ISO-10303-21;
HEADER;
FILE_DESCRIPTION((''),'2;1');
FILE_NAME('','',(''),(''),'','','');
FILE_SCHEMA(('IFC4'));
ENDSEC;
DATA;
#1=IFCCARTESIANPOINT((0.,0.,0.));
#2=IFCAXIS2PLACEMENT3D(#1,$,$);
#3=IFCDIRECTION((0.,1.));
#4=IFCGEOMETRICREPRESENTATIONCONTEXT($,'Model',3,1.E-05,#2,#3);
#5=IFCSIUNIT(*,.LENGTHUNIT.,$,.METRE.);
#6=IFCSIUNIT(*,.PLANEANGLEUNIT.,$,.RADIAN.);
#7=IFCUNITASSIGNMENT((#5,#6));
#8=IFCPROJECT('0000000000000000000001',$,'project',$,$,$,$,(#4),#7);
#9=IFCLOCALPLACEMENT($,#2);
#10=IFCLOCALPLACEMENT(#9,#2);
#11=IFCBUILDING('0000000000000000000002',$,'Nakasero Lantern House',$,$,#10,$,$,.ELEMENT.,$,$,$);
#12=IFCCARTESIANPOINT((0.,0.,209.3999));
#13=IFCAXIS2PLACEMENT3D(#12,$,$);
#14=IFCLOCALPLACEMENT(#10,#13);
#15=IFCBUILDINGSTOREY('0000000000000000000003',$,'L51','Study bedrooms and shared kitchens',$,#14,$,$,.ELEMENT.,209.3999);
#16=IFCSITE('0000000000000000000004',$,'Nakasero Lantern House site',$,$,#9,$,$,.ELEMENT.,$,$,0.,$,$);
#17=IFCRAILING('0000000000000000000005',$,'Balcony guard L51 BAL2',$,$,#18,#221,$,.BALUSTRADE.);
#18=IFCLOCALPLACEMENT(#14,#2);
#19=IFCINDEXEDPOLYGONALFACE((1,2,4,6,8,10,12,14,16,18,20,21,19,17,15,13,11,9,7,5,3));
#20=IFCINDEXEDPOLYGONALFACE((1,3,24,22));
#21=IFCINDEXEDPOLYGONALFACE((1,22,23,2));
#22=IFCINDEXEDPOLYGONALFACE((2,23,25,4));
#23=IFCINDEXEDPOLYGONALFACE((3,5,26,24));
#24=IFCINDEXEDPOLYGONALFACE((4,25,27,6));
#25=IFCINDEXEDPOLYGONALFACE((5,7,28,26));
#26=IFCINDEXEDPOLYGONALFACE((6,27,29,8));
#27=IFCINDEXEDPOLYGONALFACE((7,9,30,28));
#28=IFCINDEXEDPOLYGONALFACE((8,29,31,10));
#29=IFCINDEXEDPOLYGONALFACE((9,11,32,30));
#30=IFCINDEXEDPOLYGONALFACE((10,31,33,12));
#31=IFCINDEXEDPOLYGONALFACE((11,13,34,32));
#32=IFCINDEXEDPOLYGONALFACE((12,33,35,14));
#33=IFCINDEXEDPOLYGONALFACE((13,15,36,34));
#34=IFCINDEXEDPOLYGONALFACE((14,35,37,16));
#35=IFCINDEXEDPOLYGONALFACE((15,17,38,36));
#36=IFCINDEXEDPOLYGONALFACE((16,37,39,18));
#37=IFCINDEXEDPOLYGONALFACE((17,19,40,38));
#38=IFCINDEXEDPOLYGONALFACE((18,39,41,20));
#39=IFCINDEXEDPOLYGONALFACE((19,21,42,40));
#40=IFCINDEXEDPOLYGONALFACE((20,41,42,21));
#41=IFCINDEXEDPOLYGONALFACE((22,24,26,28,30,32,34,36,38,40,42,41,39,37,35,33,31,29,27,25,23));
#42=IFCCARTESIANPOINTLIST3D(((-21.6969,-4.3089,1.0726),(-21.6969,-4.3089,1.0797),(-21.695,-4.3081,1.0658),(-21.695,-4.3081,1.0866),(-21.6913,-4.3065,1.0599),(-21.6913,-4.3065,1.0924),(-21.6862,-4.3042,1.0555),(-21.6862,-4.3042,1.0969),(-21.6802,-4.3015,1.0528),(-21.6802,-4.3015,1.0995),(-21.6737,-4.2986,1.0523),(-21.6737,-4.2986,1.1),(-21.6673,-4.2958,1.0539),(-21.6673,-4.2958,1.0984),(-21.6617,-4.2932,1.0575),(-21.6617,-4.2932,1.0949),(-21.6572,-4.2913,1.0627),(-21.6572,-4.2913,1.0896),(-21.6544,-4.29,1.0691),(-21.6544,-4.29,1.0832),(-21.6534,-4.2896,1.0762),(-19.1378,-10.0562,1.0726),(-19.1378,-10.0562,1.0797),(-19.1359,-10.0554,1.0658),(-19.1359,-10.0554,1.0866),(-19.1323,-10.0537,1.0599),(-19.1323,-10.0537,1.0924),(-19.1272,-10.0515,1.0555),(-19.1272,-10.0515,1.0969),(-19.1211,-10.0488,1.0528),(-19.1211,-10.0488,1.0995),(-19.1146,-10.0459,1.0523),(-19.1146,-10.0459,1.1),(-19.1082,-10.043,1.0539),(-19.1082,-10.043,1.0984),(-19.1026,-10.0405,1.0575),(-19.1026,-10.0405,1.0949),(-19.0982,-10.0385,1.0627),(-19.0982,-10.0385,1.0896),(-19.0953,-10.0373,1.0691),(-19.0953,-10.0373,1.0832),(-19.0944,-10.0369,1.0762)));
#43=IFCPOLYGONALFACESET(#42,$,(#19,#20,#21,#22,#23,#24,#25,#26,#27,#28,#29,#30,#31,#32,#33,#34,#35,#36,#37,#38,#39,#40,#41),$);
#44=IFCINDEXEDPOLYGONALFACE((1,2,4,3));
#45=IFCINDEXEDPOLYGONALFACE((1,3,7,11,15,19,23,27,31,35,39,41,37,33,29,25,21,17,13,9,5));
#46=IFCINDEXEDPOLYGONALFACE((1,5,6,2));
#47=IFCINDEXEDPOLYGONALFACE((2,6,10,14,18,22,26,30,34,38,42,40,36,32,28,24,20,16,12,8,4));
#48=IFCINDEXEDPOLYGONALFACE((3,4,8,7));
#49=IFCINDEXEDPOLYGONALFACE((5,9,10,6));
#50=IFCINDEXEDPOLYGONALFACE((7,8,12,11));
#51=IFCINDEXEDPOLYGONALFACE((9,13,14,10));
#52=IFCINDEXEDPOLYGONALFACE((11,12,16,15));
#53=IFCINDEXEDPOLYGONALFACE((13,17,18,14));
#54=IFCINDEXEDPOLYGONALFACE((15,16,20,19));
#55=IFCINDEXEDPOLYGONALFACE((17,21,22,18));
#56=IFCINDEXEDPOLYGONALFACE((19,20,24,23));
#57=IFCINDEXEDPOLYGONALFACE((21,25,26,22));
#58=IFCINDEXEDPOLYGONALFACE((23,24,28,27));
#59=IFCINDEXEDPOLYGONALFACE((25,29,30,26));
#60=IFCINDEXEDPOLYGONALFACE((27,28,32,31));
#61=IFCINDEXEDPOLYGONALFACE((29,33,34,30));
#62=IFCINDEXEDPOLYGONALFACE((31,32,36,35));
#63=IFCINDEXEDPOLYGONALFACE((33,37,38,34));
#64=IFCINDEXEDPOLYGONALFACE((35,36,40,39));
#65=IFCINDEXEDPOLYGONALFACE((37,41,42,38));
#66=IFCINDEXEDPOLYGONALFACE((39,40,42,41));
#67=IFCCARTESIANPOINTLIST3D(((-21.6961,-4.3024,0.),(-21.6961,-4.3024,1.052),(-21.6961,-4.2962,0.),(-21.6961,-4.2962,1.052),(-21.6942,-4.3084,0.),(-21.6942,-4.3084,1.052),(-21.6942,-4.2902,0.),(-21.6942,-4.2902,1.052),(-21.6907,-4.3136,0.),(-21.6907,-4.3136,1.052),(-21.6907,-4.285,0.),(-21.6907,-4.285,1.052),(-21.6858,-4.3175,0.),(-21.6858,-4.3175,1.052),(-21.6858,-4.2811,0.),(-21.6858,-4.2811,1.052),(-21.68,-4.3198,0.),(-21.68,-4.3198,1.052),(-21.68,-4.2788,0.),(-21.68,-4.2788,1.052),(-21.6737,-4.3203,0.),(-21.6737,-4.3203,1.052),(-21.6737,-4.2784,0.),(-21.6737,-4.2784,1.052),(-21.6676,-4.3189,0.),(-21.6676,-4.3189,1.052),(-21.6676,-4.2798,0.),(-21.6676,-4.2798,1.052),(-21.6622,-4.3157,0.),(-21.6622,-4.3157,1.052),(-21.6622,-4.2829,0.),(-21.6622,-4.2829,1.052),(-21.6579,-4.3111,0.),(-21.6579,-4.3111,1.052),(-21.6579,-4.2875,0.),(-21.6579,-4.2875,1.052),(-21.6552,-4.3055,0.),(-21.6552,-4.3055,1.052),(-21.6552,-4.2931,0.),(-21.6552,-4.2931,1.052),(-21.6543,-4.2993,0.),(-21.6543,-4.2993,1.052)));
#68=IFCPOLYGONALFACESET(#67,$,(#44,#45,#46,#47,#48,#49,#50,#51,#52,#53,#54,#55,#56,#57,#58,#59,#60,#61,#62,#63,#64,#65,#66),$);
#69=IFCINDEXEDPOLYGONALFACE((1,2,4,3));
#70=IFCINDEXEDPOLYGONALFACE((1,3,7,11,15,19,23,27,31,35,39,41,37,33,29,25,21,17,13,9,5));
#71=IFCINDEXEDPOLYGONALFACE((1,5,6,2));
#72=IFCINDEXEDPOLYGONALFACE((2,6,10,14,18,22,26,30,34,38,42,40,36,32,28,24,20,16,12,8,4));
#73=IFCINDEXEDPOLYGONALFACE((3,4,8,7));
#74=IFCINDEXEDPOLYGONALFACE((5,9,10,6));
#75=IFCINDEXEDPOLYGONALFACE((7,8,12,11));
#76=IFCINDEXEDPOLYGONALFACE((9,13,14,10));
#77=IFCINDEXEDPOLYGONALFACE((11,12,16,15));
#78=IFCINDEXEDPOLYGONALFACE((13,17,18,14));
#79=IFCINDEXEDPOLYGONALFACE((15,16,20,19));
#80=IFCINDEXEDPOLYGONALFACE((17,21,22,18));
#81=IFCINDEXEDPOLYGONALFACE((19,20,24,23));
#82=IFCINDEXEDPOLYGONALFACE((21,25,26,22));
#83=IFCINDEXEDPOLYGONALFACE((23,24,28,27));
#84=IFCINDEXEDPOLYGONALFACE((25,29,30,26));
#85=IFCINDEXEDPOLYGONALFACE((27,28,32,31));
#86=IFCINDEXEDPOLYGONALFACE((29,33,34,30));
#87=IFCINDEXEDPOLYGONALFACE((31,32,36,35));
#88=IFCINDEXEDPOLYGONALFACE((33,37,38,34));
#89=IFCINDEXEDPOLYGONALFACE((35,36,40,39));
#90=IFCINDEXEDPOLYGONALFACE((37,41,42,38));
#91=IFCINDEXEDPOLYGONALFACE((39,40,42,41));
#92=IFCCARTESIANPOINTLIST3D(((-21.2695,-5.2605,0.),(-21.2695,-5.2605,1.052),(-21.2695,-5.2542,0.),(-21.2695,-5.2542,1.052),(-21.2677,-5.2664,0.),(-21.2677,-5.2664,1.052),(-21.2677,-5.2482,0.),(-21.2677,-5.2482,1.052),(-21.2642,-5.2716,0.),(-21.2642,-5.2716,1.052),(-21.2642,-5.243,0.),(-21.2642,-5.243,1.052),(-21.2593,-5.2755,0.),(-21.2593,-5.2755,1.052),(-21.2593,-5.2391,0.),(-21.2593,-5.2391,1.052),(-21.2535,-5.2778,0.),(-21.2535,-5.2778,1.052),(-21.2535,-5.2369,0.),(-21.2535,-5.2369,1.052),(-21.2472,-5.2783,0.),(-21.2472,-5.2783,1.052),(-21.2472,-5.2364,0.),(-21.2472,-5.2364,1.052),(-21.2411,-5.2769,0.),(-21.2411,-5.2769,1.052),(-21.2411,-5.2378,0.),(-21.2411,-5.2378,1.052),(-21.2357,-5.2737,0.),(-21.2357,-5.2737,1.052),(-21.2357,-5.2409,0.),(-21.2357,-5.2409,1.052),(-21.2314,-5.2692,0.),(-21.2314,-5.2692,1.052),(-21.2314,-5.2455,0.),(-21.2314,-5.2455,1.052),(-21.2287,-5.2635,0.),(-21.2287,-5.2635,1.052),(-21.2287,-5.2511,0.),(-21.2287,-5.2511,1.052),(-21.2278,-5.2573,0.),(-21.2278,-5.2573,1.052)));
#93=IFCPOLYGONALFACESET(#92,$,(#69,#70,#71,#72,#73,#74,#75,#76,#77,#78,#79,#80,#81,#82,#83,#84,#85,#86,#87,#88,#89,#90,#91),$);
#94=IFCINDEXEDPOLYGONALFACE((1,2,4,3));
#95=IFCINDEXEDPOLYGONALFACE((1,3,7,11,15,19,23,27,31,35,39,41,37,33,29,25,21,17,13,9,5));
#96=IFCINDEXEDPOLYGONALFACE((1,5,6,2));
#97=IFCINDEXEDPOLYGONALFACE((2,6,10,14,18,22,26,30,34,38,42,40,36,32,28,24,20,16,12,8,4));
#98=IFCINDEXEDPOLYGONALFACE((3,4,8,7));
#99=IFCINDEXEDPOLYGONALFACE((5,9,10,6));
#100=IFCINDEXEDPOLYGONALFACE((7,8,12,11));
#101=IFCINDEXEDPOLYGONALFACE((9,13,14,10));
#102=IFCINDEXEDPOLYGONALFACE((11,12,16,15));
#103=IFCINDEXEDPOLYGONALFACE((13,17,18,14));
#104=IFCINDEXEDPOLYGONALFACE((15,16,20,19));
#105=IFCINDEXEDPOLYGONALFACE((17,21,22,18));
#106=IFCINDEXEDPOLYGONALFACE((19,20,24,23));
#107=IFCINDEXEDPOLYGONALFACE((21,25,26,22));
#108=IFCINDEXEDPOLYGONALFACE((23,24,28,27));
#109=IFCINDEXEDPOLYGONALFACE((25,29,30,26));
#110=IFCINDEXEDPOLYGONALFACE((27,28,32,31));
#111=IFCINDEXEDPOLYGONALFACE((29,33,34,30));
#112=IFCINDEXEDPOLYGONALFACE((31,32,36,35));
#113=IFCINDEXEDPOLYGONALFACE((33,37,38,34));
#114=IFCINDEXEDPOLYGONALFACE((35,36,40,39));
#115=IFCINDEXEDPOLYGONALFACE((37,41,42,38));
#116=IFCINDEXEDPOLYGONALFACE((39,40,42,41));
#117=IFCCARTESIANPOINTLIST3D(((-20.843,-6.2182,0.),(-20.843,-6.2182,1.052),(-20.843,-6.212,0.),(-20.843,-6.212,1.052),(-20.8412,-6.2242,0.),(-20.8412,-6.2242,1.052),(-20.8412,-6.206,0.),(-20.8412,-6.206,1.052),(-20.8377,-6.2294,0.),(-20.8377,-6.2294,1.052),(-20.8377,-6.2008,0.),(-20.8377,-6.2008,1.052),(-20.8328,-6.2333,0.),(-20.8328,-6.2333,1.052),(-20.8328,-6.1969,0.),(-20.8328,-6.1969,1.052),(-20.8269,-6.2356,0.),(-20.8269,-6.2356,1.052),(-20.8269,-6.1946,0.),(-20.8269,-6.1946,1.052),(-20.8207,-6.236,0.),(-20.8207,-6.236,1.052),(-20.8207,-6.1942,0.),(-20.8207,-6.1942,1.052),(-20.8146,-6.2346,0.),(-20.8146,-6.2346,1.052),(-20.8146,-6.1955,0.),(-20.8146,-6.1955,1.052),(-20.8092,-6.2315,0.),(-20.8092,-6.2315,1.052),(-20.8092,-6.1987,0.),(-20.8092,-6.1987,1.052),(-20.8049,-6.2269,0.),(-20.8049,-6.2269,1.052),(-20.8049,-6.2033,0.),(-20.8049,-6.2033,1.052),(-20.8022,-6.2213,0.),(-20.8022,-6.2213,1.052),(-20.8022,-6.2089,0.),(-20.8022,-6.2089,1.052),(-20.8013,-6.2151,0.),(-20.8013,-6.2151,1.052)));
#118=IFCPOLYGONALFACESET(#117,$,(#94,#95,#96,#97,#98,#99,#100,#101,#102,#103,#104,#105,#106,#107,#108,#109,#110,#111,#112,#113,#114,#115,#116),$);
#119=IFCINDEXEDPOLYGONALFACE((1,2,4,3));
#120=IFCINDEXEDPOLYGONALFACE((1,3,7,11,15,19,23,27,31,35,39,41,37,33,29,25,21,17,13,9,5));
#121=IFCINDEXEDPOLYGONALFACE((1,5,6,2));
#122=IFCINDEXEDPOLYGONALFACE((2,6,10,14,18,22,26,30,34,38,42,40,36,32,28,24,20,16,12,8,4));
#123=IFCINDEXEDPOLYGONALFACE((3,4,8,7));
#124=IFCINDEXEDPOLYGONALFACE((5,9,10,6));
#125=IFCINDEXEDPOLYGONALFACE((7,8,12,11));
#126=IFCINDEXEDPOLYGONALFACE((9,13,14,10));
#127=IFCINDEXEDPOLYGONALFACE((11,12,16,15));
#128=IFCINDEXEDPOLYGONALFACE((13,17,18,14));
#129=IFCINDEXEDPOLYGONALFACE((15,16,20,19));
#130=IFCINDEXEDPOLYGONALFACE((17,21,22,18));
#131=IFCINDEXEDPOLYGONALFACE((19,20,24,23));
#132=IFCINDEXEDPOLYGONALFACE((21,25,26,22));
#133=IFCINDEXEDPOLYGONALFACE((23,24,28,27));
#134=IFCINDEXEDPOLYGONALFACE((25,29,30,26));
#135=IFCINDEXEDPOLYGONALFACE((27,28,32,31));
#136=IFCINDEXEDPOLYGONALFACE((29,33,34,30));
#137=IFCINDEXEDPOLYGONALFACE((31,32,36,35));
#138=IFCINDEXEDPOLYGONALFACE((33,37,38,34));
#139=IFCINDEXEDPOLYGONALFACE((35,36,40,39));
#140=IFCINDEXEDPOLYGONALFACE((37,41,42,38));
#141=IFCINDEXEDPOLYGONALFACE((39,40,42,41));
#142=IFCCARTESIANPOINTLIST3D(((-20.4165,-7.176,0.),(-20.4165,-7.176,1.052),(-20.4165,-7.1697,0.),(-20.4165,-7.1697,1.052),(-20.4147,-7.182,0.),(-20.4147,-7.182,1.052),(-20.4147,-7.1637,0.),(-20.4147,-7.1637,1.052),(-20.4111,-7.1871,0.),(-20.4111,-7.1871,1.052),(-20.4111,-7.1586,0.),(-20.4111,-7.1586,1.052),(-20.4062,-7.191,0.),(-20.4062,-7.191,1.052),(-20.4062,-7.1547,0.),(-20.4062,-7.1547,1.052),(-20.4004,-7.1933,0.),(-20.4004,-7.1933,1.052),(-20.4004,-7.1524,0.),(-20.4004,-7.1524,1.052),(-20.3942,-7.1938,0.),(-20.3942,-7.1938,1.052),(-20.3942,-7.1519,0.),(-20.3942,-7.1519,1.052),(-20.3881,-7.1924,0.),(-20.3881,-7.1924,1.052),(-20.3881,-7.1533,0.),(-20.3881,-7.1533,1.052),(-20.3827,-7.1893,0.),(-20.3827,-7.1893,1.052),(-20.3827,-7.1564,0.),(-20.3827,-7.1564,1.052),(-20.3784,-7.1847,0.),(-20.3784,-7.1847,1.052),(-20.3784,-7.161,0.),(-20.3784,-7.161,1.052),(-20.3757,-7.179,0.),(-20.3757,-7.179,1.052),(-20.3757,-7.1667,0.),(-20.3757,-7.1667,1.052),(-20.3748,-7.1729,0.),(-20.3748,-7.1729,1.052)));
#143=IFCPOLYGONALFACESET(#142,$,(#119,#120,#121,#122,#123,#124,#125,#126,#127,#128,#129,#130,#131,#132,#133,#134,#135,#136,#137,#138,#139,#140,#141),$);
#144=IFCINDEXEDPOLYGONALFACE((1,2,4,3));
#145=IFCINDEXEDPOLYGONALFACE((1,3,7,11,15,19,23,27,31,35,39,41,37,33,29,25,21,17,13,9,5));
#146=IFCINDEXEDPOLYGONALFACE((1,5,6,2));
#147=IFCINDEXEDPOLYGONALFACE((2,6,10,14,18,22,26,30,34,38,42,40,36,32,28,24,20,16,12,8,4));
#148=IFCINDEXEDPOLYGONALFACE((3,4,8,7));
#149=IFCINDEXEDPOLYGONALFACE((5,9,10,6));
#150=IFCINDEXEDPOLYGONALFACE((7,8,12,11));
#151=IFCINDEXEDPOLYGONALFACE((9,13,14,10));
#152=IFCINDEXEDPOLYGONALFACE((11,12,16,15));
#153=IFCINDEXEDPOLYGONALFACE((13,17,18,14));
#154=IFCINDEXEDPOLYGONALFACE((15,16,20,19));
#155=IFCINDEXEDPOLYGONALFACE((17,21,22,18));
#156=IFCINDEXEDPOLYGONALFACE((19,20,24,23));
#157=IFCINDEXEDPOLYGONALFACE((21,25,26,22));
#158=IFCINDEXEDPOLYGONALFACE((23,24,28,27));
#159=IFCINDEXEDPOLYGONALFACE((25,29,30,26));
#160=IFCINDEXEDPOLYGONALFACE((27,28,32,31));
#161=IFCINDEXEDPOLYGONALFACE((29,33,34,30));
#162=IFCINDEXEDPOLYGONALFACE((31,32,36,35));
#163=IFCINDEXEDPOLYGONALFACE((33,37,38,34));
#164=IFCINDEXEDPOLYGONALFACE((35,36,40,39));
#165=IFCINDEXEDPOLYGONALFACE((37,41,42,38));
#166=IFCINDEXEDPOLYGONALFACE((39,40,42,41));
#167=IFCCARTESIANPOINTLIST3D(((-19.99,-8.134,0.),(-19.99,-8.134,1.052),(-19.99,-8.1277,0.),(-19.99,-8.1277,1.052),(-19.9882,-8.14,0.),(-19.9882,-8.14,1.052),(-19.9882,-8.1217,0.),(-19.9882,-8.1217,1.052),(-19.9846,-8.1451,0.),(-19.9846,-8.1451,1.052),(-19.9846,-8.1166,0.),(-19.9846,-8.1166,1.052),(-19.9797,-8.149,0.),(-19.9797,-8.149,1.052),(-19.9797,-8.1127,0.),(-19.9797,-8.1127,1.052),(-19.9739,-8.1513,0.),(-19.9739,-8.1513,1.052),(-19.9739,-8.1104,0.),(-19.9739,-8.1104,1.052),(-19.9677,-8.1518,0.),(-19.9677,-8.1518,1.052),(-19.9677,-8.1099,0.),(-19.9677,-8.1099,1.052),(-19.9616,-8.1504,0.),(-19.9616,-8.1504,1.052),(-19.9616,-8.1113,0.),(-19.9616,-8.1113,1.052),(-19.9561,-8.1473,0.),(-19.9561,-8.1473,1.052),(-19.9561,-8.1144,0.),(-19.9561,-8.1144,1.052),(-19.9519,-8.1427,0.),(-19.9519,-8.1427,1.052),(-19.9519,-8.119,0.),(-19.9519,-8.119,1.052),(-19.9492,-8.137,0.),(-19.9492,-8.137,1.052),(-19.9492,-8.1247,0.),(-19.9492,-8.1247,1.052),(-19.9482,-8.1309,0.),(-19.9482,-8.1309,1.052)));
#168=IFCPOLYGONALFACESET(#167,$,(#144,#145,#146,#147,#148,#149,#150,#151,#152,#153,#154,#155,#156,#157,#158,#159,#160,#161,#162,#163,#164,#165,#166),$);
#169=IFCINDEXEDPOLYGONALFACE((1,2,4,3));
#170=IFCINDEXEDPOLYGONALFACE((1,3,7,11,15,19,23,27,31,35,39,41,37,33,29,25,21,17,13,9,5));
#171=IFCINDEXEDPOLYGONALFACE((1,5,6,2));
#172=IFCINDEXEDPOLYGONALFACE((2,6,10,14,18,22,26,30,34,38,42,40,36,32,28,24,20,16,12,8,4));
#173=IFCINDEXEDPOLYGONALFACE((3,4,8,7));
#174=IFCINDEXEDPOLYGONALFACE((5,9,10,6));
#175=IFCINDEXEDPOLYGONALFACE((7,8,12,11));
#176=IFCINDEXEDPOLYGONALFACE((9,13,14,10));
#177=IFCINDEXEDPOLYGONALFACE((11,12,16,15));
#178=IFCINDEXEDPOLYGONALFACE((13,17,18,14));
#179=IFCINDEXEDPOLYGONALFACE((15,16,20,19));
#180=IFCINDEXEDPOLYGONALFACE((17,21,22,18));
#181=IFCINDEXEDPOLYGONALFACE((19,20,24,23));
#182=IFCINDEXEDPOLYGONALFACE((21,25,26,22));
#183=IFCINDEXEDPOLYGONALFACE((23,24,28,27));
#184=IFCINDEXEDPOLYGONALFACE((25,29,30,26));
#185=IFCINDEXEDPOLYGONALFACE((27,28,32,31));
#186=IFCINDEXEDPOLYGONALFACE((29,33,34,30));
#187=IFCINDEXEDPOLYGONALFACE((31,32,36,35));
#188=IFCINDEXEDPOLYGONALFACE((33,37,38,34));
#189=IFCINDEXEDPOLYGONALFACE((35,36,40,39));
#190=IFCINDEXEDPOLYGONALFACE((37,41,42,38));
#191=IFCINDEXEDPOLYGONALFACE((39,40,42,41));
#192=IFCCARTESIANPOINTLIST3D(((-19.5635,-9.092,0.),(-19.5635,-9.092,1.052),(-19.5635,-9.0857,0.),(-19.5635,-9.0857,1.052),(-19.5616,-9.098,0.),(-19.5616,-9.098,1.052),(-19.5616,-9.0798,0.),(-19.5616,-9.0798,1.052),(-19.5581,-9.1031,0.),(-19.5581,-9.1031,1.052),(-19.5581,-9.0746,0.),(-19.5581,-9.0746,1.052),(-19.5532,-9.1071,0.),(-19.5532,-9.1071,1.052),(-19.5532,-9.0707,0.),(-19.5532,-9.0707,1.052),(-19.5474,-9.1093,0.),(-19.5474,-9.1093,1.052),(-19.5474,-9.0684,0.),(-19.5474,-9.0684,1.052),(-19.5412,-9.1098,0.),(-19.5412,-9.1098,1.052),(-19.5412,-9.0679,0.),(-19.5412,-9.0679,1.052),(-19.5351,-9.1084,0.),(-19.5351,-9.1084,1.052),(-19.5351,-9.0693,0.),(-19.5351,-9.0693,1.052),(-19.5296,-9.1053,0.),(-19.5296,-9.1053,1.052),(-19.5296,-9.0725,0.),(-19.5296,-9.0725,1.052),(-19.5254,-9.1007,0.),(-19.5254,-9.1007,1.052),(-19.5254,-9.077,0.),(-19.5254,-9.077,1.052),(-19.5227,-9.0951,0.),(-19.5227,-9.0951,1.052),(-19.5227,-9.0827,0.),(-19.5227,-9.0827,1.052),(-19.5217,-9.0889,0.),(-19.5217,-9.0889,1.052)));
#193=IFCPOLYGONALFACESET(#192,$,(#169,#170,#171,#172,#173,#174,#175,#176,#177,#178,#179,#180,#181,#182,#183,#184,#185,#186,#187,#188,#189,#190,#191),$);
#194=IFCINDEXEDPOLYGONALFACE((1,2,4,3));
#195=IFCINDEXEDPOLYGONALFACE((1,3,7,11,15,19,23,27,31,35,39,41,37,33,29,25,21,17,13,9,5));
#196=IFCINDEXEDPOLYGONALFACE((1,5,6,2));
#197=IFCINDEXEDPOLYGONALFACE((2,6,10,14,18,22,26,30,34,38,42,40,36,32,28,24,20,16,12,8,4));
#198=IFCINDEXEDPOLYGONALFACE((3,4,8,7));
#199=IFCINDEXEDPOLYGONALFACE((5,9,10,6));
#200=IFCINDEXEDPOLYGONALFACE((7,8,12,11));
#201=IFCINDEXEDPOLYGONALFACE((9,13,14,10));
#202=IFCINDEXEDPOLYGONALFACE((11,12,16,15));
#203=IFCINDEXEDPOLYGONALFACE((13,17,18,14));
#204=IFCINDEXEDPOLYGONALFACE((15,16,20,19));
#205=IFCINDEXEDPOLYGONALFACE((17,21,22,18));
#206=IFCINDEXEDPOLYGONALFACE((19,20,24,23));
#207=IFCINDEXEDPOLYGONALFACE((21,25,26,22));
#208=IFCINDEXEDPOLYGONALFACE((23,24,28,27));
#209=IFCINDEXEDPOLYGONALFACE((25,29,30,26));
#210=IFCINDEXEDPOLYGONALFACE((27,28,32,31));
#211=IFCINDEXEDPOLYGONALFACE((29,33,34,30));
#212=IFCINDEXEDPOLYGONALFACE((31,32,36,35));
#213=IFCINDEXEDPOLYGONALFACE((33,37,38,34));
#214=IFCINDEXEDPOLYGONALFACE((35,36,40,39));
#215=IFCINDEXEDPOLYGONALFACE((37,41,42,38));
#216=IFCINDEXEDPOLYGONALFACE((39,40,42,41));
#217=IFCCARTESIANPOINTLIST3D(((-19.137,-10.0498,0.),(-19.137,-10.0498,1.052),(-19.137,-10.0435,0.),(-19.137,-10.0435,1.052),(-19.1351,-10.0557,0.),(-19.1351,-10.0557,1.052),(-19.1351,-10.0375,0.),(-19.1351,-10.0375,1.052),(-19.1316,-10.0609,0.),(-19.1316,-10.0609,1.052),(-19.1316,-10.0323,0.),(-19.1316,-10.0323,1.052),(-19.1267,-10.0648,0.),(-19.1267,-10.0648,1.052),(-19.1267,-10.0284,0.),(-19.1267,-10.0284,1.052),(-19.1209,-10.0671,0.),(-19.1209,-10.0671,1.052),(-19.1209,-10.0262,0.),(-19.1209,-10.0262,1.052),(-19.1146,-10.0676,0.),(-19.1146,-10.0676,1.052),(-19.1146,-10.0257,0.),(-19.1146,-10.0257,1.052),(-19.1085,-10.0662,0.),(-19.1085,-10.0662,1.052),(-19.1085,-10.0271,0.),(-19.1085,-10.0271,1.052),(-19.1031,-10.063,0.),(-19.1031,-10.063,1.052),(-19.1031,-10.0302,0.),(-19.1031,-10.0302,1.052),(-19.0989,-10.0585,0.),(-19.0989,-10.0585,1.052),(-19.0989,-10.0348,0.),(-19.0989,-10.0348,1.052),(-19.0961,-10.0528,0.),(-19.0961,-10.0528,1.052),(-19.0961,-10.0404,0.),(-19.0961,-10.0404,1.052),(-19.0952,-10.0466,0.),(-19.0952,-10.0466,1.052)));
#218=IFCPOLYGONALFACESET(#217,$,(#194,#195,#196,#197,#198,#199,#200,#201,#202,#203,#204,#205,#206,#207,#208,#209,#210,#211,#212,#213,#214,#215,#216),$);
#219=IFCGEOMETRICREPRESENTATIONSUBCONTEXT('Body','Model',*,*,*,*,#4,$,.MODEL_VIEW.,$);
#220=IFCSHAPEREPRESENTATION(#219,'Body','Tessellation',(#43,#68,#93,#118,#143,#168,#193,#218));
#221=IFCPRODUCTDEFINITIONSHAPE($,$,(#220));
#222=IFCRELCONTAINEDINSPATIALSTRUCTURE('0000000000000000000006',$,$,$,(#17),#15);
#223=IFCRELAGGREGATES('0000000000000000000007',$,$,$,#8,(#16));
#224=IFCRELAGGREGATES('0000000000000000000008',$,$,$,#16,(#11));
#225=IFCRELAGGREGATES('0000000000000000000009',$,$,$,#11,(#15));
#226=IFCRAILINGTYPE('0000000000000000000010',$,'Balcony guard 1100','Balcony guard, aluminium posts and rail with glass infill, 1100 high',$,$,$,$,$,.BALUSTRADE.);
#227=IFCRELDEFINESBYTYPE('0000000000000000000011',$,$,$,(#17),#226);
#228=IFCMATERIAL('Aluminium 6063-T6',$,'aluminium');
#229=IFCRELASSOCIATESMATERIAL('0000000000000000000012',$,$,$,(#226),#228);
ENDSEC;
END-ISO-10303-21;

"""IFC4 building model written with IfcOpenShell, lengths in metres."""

from ifc_helpers import new_model, si_unit, direction, frame, origin, origin_2d, place, context, subcontext, project, spatial, circle, extrude, material, type_object, element, save


model = new_model("IFC4")

# Units and contexts
model_context = context("Model", 3, precision=1e-05, world=origin(), true_north=direction((0.0, 1.0)))
body_context = subcontext(model_context, "Body", "Model", "MODEL_VIEW")
ifc_project = project(units=[si_unit("LENGTHUNIT", "METRE"), si_unit("PLANEANGLEUNIT", "RADIAN")], contexts=[model_context])

# Site, building, storey
site_placement = place(None, origin())
site = spatial("IfcSite", under=ifc_project, at=site_placement, Name="Nakasero Lantern House site", CompositionType="ELEMENT", RefElevation=0.0)
building_placement = place(site_placement, origin())
building = spatial("IfcBuilding", under=site, at=building_placement, Name="Nakasero Lantern House", CompositionType="ELEMENT")
storey_placement = place(building_placement, frame((0.0, 0.0, 209.3999)))
storey = spatial("IfcBuildingStorey", under=building, at=storey_placement, Name="L51", Description="Study bedrooms and shared kitchens", CompositionType="ELEMENT", Elevation=209.3999)

# Railing
ifc_material_1 = material(Name="Aluminium 6063-T6", Category="aluminium")
railing_type = type_object("IfcRailingType", Name="Balcony guard 1100", Description="Balcony guard, aluminium posts and rail with glass infill, 1100 high", PredefinedType="BALUSTRADE", material=ifc_material_1)
railing_placement = place(storey_placement, frame((-21.6753, -4.2993, 0.0)))
element("IfcRailing", 1, at=railing_placement, inside=storey, type_object=railing_type, Name="Balcony guard L51 BAL2", PredefinedType="BALUSTRADE", context=body_context, shape_type="SweptSolid", body=[
    extrude(circle(Radius=0.0239, at=origin_2d()), frame((0.0, 0.0, 1.0762), z_axis=(0.406765, -0.913533, 0.0), x_axis=(0.913533, 0.406765, 0.0)), (0.0, 0.0, 1.0), 6.2913),
    extrude(circle(Radius=0.021, at=origin_2d()), origin(), (0.0, 0.0, 1.0), 1.052),
    extrude(circle(Radius=0.021, at=origin_2d()), frame((0.4265, -0.958, 0.0)), (0.0, 0.0, 1.0), 1.052),
    extrude(circle(Radius=0.021, at=origin_2d()), frame((0.853, -1.9158, 0.0)), (0.0, 0.0, 1.0), 1.052),
    extrude(circle(Radius=0.021, at=origin_2d()), frame((1.2795, -2.8735, 0.0)), (0.0, 0.0, 1.0), 1.052),
    extrude(circle(Radius=0.021, at=origin_2d()), frame((1.7061, -3.8315, 0.0)), (0.0, 0.0, 1.0), 1.052),
    extrude(circle(Radius=0.021, at=origin_2d()), frame((2.1326, -4.7896, 0.0)), (0.0, 0.0, 1.0), 1.052),
    extrude(circle(Radius=0.021, at=origin_2d()), frame((2.5591, -5.7473, 0.0)), (0.0, 0.0, 1.0), 1.052),
])

save(model, "model.ifc")
